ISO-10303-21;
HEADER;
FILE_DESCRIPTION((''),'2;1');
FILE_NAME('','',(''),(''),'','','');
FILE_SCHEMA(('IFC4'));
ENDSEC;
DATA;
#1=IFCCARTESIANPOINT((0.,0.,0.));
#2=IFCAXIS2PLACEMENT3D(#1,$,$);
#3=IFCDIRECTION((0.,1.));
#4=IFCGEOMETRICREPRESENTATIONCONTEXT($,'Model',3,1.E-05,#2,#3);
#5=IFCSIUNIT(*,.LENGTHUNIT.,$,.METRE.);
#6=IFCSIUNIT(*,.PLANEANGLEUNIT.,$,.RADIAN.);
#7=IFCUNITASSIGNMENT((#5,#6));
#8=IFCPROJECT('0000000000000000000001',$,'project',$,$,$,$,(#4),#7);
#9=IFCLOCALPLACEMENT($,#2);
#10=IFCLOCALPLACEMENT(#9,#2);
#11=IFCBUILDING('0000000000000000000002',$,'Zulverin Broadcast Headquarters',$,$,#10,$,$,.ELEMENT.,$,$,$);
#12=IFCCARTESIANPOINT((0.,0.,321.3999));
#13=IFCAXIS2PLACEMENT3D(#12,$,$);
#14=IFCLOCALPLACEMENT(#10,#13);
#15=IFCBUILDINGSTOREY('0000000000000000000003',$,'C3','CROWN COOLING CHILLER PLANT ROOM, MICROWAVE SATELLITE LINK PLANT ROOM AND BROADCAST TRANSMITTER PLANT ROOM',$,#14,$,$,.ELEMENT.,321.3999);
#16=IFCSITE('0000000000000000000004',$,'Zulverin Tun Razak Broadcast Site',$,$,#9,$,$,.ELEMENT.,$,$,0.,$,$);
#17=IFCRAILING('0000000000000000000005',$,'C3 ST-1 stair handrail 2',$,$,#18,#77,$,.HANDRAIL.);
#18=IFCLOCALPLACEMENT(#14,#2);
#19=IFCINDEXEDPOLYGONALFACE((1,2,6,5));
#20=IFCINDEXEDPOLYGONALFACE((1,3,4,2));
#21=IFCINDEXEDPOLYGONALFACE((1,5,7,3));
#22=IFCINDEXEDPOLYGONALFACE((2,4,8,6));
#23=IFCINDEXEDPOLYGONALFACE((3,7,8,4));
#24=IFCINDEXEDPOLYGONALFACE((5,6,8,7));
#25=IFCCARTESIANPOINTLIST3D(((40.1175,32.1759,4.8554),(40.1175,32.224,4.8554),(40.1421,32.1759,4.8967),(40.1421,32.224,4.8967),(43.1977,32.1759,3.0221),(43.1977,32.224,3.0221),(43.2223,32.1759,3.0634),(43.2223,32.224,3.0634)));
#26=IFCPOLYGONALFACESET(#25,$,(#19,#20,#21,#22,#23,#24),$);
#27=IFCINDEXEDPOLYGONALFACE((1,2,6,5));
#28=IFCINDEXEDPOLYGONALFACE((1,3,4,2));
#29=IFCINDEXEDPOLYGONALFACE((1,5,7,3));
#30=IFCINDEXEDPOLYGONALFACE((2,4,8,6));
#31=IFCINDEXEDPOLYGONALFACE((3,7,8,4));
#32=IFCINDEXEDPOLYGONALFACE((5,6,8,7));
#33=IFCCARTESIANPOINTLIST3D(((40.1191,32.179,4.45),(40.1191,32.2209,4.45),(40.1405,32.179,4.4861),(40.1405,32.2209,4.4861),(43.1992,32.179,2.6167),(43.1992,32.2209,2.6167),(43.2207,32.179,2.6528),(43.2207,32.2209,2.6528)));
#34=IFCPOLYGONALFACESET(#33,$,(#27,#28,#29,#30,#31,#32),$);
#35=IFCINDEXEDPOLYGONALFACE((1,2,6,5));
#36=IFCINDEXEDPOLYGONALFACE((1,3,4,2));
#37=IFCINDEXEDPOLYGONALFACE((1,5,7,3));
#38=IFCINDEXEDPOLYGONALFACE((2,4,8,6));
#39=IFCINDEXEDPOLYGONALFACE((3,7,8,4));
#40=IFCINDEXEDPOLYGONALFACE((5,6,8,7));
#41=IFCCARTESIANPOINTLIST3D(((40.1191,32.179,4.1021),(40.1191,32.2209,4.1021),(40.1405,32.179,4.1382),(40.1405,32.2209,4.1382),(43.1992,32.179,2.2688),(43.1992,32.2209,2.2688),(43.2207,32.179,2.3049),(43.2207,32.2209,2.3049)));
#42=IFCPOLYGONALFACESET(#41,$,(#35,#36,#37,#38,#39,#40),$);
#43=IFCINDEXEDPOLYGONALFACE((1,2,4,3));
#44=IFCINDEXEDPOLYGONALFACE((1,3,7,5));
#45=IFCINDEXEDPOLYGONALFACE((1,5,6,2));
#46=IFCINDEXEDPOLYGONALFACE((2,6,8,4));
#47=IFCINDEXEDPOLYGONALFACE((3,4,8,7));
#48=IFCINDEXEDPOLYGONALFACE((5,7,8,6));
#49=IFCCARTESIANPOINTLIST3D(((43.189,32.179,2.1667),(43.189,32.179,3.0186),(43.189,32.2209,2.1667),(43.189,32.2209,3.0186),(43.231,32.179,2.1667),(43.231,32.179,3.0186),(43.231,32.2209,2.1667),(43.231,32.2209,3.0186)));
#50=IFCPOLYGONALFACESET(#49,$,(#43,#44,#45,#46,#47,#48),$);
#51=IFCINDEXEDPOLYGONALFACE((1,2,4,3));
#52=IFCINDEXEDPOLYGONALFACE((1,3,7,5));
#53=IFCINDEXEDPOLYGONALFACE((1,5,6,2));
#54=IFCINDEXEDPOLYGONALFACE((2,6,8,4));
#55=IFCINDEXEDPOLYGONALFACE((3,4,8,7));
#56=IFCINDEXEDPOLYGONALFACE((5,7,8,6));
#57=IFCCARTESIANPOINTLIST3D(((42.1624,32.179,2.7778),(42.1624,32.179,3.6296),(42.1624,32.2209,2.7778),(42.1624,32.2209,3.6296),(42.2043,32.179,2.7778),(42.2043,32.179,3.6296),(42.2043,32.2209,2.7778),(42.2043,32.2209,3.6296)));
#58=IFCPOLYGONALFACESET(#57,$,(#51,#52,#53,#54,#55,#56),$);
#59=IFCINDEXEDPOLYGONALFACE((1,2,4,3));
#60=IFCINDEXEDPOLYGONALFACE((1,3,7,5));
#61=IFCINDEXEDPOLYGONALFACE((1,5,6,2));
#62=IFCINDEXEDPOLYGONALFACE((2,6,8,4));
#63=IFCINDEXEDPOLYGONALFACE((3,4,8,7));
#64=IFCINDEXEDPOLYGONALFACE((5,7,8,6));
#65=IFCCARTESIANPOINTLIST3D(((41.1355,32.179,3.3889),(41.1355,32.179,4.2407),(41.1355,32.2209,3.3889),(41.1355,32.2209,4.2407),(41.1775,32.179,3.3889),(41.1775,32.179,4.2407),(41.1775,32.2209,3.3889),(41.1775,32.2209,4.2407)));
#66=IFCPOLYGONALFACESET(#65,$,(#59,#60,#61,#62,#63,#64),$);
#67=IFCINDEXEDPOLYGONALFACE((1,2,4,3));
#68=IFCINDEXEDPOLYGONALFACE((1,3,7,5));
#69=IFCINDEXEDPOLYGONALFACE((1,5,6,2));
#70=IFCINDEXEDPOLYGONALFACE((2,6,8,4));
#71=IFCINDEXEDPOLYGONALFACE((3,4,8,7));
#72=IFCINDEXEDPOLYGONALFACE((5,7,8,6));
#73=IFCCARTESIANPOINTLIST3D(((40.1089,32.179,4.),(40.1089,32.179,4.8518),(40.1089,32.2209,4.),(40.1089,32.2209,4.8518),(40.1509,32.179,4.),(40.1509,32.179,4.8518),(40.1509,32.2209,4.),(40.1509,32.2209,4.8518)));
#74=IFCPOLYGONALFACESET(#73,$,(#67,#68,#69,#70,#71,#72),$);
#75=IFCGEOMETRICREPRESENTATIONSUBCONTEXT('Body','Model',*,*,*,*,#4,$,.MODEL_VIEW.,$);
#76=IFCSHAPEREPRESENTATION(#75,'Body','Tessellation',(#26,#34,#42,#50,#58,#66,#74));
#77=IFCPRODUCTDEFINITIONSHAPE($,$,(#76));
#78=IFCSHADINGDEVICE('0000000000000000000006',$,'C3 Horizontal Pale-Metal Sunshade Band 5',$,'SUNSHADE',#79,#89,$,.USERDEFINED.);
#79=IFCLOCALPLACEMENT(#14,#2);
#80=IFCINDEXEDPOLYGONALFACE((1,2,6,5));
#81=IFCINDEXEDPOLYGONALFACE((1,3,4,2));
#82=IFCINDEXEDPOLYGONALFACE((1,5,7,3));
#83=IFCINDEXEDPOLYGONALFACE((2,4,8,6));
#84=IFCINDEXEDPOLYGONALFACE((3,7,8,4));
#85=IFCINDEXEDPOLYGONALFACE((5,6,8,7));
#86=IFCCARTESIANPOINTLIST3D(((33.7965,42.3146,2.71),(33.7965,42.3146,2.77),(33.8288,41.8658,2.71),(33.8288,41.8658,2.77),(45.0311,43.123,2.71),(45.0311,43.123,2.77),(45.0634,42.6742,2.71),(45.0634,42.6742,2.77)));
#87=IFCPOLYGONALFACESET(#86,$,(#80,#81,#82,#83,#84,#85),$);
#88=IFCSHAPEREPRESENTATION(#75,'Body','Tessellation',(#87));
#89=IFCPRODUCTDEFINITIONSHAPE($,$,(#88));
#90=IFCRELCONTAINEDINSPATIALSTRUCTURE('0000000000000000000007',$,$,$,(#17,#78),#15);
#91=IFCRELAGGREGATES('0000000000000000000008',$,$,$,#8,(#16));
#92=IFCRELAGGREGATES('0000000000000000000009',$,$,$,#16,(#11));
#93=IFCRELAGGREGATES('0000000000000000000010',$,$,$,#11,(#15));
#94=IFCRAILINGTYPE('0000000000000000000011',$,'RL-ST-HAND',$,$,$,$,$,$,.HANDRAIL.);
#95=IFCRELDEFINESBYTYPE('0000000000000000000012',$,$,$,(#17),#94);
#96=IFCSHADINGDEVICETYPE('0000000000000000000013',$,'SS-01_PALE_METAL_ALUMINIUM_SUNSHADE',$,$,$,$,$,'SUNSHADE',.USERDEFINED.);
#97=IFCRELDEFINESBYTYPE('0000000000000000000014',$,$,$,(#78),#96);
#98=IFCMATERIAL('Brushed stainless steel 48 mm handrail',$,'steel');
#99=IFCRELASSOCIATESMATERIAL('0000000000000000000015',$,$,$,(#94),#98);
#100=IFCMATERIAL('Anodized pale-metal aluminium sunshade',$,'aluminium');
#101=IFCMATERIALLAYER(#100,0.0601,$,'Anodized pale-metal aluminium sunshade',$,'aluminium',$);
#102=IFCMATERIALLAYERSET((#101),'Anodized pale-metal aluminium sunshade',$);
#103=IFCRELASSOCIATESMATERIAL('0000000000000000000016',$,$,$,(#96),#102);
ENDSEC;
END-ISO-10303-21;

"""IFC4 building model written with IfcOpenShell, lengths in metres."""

from ifc_helpers import new_model, si_unit, direction, frame, origin, origin_2d, place, context, subcontext, project, spatial, rectangle, extrude, material, layer, layer_set, type_object, element, save


model = new_model("IFC4")

# Units and contexts
model_context = context("Model", 3, precision=1e-05, world=origin(), true_north=direction((0.0, 1.0)))
body_context = subcontext(model_context, "Body", "Model", "MODEL_VIEW")
ifc_project = project(units=[si_unit("LENGTHUNIT", "METRE"), si_unit("PLANEANGLEUNIT", "RADIAN")], contexts=[model_context])

# Site, building, storey
site_placement = place(None, origin())
site = spatial("IfcSite", under=ifc_project, at=site_placement, Name="Zulverin Tun Razak Broadcast Site", CompositionType="ELEMENT", RefElevation=0.0)
building_placement = place(site_placement, origin())
building = spatial("IfcBuilding", under=site, at=building_placement, Name="Zulverin Broadcast Headquarters", CompositionType="ELEMENT")
storey_placement = place(building_placement, frame((0.0, 0.0, 321.3999)))
storey = spatial("IfcBuildingStorey", under=building, at=storey_placement, Name="C3", Description="CROWN COOLING CHILLER PLANT ROOM, MICROWAVE SATELLITE LINK PLANT ROOM AND BROADCAST TRANSMITTER PLANT ROOM", CompositionType="ELEMENT", Elevation=321.3999)

# Railing
ifc_material_1 = material(Name="Brushed stainless steel 48 mm handrail", Category="steel")
railing_type_1 = type_object("IfcRailingType", Name="RL-ST-HAND", PredefinedType="HANDRAIL", material=ifc_material_1)
railing_1_placement = place(storey_placement, frame((43.21, 32.2, 2.1667)))
element("IfcRailing", 1, at=railing_1_placement, inside=storey, type_object=railing_type_1, Name="C3 ST-1 stair handrail 2", PredefinedType="HANDRAIL", context=body_context, shape_type="SweptSolid", body=[
    extrude(rectangle(XDim=0.0481, YDim=0.0481, at=origin_2d()), frame((0.0, 0.0, 0.876), z_axis=(-0.859309, 0.0, 0.511458), x_axis=(0.0, -1.0, 0.0)), (0.0, 0.0, 1.0), 3.5845),
    extrude(rectangle(XDim=0.042, YDim=0.042, at=origin_2d()), frame((0.0, 0.0, 0.468), z_axis=(-0.859309, 0.0, 0.511458), x_axis=(0.0, -1.0, 0.0)), (0.0, 0.0, 1.0), 3.5845),
    extrude(rectangle(XDim=0.042, YDim=0.042, at=origin_2d()), frame((0.0, 0.0, 0.1201), z_axis=(-0.859309, 0.0, 0.511458), x_axis=(0.0, -1.0, 0.0)), (0.0, 0.0, 1.0), 3.5845),
    extrude(rectangle(XDim=0.042, YDim=0.042, at=origin_2d()), origin(), (0.0, 0.0, 1.0), 0.8518),
    extrude(rectangle(XDim=0.042, YDim=0.042, at=origin_2d()), frame((-1.0266, 0.0, 0.6111)), (0.0, 0.0, 1.0), 0.8518),
    extrude(rectangle(XDim=0.042, YDim=0.042, at=origin_2d()), frame((-2.0535, 0.0, 1.2222)), (0.0, 0.0, 1.0), 0.8518),
    extrude(rectangle(XDim=0.042, YDim=0.042, at=origin_2d()), frame((-3.0801, 0.0, 1.8333)), (0.0, 0.0, 1.0), 0.8518),
])

# Shading device
ifc_material_2 = material(Name="Anodized pale-metal aluminium sunshade", Category="aluminium")
ifc_layer_1 = layer(ifc_material_2, 0.0601, Name="Anodized pale-metal aluminium sunshade", Category="aluminium")
ifc_layer_set_1 = layer_set([ifc_layer_1], Name="Anodized pale-metal aluminium sunshade")
shading_device_type = type_object("IfcShadingDeviceType", Name="SS-01_PALE_METAL_ALUMINIUM_SUNSHADE", ElementType="SUNSHADE", PredefinedType="USERDEFINED", material=ifc_layer_set_1)
shading_device_placement = place(storey_placement, frame((39.4299, 42.4944, 2.71), z_axis=(0.0, 0.0, 1.0), x_axis=(-0.997421, -0.071771, 0.0)))
element("IfcShadingDevice", 2, at=shading_device_placement, inside=storey, type_object=shading_device_type, Name="C3 Horizontal Pale-Metal Sunshade Band 5", ObjectType="SUNSHADE", PredefinedType="USERDEFINED", context=body_context, shape_type="SweptSolid", body=[
    extrude(rectangle(XDim=11.2637, YDim=0.45, at=origin_2d()), origin(), (0.0, 0.0, 1.0), 0.0601),
])

save(model, "model.ifc")
